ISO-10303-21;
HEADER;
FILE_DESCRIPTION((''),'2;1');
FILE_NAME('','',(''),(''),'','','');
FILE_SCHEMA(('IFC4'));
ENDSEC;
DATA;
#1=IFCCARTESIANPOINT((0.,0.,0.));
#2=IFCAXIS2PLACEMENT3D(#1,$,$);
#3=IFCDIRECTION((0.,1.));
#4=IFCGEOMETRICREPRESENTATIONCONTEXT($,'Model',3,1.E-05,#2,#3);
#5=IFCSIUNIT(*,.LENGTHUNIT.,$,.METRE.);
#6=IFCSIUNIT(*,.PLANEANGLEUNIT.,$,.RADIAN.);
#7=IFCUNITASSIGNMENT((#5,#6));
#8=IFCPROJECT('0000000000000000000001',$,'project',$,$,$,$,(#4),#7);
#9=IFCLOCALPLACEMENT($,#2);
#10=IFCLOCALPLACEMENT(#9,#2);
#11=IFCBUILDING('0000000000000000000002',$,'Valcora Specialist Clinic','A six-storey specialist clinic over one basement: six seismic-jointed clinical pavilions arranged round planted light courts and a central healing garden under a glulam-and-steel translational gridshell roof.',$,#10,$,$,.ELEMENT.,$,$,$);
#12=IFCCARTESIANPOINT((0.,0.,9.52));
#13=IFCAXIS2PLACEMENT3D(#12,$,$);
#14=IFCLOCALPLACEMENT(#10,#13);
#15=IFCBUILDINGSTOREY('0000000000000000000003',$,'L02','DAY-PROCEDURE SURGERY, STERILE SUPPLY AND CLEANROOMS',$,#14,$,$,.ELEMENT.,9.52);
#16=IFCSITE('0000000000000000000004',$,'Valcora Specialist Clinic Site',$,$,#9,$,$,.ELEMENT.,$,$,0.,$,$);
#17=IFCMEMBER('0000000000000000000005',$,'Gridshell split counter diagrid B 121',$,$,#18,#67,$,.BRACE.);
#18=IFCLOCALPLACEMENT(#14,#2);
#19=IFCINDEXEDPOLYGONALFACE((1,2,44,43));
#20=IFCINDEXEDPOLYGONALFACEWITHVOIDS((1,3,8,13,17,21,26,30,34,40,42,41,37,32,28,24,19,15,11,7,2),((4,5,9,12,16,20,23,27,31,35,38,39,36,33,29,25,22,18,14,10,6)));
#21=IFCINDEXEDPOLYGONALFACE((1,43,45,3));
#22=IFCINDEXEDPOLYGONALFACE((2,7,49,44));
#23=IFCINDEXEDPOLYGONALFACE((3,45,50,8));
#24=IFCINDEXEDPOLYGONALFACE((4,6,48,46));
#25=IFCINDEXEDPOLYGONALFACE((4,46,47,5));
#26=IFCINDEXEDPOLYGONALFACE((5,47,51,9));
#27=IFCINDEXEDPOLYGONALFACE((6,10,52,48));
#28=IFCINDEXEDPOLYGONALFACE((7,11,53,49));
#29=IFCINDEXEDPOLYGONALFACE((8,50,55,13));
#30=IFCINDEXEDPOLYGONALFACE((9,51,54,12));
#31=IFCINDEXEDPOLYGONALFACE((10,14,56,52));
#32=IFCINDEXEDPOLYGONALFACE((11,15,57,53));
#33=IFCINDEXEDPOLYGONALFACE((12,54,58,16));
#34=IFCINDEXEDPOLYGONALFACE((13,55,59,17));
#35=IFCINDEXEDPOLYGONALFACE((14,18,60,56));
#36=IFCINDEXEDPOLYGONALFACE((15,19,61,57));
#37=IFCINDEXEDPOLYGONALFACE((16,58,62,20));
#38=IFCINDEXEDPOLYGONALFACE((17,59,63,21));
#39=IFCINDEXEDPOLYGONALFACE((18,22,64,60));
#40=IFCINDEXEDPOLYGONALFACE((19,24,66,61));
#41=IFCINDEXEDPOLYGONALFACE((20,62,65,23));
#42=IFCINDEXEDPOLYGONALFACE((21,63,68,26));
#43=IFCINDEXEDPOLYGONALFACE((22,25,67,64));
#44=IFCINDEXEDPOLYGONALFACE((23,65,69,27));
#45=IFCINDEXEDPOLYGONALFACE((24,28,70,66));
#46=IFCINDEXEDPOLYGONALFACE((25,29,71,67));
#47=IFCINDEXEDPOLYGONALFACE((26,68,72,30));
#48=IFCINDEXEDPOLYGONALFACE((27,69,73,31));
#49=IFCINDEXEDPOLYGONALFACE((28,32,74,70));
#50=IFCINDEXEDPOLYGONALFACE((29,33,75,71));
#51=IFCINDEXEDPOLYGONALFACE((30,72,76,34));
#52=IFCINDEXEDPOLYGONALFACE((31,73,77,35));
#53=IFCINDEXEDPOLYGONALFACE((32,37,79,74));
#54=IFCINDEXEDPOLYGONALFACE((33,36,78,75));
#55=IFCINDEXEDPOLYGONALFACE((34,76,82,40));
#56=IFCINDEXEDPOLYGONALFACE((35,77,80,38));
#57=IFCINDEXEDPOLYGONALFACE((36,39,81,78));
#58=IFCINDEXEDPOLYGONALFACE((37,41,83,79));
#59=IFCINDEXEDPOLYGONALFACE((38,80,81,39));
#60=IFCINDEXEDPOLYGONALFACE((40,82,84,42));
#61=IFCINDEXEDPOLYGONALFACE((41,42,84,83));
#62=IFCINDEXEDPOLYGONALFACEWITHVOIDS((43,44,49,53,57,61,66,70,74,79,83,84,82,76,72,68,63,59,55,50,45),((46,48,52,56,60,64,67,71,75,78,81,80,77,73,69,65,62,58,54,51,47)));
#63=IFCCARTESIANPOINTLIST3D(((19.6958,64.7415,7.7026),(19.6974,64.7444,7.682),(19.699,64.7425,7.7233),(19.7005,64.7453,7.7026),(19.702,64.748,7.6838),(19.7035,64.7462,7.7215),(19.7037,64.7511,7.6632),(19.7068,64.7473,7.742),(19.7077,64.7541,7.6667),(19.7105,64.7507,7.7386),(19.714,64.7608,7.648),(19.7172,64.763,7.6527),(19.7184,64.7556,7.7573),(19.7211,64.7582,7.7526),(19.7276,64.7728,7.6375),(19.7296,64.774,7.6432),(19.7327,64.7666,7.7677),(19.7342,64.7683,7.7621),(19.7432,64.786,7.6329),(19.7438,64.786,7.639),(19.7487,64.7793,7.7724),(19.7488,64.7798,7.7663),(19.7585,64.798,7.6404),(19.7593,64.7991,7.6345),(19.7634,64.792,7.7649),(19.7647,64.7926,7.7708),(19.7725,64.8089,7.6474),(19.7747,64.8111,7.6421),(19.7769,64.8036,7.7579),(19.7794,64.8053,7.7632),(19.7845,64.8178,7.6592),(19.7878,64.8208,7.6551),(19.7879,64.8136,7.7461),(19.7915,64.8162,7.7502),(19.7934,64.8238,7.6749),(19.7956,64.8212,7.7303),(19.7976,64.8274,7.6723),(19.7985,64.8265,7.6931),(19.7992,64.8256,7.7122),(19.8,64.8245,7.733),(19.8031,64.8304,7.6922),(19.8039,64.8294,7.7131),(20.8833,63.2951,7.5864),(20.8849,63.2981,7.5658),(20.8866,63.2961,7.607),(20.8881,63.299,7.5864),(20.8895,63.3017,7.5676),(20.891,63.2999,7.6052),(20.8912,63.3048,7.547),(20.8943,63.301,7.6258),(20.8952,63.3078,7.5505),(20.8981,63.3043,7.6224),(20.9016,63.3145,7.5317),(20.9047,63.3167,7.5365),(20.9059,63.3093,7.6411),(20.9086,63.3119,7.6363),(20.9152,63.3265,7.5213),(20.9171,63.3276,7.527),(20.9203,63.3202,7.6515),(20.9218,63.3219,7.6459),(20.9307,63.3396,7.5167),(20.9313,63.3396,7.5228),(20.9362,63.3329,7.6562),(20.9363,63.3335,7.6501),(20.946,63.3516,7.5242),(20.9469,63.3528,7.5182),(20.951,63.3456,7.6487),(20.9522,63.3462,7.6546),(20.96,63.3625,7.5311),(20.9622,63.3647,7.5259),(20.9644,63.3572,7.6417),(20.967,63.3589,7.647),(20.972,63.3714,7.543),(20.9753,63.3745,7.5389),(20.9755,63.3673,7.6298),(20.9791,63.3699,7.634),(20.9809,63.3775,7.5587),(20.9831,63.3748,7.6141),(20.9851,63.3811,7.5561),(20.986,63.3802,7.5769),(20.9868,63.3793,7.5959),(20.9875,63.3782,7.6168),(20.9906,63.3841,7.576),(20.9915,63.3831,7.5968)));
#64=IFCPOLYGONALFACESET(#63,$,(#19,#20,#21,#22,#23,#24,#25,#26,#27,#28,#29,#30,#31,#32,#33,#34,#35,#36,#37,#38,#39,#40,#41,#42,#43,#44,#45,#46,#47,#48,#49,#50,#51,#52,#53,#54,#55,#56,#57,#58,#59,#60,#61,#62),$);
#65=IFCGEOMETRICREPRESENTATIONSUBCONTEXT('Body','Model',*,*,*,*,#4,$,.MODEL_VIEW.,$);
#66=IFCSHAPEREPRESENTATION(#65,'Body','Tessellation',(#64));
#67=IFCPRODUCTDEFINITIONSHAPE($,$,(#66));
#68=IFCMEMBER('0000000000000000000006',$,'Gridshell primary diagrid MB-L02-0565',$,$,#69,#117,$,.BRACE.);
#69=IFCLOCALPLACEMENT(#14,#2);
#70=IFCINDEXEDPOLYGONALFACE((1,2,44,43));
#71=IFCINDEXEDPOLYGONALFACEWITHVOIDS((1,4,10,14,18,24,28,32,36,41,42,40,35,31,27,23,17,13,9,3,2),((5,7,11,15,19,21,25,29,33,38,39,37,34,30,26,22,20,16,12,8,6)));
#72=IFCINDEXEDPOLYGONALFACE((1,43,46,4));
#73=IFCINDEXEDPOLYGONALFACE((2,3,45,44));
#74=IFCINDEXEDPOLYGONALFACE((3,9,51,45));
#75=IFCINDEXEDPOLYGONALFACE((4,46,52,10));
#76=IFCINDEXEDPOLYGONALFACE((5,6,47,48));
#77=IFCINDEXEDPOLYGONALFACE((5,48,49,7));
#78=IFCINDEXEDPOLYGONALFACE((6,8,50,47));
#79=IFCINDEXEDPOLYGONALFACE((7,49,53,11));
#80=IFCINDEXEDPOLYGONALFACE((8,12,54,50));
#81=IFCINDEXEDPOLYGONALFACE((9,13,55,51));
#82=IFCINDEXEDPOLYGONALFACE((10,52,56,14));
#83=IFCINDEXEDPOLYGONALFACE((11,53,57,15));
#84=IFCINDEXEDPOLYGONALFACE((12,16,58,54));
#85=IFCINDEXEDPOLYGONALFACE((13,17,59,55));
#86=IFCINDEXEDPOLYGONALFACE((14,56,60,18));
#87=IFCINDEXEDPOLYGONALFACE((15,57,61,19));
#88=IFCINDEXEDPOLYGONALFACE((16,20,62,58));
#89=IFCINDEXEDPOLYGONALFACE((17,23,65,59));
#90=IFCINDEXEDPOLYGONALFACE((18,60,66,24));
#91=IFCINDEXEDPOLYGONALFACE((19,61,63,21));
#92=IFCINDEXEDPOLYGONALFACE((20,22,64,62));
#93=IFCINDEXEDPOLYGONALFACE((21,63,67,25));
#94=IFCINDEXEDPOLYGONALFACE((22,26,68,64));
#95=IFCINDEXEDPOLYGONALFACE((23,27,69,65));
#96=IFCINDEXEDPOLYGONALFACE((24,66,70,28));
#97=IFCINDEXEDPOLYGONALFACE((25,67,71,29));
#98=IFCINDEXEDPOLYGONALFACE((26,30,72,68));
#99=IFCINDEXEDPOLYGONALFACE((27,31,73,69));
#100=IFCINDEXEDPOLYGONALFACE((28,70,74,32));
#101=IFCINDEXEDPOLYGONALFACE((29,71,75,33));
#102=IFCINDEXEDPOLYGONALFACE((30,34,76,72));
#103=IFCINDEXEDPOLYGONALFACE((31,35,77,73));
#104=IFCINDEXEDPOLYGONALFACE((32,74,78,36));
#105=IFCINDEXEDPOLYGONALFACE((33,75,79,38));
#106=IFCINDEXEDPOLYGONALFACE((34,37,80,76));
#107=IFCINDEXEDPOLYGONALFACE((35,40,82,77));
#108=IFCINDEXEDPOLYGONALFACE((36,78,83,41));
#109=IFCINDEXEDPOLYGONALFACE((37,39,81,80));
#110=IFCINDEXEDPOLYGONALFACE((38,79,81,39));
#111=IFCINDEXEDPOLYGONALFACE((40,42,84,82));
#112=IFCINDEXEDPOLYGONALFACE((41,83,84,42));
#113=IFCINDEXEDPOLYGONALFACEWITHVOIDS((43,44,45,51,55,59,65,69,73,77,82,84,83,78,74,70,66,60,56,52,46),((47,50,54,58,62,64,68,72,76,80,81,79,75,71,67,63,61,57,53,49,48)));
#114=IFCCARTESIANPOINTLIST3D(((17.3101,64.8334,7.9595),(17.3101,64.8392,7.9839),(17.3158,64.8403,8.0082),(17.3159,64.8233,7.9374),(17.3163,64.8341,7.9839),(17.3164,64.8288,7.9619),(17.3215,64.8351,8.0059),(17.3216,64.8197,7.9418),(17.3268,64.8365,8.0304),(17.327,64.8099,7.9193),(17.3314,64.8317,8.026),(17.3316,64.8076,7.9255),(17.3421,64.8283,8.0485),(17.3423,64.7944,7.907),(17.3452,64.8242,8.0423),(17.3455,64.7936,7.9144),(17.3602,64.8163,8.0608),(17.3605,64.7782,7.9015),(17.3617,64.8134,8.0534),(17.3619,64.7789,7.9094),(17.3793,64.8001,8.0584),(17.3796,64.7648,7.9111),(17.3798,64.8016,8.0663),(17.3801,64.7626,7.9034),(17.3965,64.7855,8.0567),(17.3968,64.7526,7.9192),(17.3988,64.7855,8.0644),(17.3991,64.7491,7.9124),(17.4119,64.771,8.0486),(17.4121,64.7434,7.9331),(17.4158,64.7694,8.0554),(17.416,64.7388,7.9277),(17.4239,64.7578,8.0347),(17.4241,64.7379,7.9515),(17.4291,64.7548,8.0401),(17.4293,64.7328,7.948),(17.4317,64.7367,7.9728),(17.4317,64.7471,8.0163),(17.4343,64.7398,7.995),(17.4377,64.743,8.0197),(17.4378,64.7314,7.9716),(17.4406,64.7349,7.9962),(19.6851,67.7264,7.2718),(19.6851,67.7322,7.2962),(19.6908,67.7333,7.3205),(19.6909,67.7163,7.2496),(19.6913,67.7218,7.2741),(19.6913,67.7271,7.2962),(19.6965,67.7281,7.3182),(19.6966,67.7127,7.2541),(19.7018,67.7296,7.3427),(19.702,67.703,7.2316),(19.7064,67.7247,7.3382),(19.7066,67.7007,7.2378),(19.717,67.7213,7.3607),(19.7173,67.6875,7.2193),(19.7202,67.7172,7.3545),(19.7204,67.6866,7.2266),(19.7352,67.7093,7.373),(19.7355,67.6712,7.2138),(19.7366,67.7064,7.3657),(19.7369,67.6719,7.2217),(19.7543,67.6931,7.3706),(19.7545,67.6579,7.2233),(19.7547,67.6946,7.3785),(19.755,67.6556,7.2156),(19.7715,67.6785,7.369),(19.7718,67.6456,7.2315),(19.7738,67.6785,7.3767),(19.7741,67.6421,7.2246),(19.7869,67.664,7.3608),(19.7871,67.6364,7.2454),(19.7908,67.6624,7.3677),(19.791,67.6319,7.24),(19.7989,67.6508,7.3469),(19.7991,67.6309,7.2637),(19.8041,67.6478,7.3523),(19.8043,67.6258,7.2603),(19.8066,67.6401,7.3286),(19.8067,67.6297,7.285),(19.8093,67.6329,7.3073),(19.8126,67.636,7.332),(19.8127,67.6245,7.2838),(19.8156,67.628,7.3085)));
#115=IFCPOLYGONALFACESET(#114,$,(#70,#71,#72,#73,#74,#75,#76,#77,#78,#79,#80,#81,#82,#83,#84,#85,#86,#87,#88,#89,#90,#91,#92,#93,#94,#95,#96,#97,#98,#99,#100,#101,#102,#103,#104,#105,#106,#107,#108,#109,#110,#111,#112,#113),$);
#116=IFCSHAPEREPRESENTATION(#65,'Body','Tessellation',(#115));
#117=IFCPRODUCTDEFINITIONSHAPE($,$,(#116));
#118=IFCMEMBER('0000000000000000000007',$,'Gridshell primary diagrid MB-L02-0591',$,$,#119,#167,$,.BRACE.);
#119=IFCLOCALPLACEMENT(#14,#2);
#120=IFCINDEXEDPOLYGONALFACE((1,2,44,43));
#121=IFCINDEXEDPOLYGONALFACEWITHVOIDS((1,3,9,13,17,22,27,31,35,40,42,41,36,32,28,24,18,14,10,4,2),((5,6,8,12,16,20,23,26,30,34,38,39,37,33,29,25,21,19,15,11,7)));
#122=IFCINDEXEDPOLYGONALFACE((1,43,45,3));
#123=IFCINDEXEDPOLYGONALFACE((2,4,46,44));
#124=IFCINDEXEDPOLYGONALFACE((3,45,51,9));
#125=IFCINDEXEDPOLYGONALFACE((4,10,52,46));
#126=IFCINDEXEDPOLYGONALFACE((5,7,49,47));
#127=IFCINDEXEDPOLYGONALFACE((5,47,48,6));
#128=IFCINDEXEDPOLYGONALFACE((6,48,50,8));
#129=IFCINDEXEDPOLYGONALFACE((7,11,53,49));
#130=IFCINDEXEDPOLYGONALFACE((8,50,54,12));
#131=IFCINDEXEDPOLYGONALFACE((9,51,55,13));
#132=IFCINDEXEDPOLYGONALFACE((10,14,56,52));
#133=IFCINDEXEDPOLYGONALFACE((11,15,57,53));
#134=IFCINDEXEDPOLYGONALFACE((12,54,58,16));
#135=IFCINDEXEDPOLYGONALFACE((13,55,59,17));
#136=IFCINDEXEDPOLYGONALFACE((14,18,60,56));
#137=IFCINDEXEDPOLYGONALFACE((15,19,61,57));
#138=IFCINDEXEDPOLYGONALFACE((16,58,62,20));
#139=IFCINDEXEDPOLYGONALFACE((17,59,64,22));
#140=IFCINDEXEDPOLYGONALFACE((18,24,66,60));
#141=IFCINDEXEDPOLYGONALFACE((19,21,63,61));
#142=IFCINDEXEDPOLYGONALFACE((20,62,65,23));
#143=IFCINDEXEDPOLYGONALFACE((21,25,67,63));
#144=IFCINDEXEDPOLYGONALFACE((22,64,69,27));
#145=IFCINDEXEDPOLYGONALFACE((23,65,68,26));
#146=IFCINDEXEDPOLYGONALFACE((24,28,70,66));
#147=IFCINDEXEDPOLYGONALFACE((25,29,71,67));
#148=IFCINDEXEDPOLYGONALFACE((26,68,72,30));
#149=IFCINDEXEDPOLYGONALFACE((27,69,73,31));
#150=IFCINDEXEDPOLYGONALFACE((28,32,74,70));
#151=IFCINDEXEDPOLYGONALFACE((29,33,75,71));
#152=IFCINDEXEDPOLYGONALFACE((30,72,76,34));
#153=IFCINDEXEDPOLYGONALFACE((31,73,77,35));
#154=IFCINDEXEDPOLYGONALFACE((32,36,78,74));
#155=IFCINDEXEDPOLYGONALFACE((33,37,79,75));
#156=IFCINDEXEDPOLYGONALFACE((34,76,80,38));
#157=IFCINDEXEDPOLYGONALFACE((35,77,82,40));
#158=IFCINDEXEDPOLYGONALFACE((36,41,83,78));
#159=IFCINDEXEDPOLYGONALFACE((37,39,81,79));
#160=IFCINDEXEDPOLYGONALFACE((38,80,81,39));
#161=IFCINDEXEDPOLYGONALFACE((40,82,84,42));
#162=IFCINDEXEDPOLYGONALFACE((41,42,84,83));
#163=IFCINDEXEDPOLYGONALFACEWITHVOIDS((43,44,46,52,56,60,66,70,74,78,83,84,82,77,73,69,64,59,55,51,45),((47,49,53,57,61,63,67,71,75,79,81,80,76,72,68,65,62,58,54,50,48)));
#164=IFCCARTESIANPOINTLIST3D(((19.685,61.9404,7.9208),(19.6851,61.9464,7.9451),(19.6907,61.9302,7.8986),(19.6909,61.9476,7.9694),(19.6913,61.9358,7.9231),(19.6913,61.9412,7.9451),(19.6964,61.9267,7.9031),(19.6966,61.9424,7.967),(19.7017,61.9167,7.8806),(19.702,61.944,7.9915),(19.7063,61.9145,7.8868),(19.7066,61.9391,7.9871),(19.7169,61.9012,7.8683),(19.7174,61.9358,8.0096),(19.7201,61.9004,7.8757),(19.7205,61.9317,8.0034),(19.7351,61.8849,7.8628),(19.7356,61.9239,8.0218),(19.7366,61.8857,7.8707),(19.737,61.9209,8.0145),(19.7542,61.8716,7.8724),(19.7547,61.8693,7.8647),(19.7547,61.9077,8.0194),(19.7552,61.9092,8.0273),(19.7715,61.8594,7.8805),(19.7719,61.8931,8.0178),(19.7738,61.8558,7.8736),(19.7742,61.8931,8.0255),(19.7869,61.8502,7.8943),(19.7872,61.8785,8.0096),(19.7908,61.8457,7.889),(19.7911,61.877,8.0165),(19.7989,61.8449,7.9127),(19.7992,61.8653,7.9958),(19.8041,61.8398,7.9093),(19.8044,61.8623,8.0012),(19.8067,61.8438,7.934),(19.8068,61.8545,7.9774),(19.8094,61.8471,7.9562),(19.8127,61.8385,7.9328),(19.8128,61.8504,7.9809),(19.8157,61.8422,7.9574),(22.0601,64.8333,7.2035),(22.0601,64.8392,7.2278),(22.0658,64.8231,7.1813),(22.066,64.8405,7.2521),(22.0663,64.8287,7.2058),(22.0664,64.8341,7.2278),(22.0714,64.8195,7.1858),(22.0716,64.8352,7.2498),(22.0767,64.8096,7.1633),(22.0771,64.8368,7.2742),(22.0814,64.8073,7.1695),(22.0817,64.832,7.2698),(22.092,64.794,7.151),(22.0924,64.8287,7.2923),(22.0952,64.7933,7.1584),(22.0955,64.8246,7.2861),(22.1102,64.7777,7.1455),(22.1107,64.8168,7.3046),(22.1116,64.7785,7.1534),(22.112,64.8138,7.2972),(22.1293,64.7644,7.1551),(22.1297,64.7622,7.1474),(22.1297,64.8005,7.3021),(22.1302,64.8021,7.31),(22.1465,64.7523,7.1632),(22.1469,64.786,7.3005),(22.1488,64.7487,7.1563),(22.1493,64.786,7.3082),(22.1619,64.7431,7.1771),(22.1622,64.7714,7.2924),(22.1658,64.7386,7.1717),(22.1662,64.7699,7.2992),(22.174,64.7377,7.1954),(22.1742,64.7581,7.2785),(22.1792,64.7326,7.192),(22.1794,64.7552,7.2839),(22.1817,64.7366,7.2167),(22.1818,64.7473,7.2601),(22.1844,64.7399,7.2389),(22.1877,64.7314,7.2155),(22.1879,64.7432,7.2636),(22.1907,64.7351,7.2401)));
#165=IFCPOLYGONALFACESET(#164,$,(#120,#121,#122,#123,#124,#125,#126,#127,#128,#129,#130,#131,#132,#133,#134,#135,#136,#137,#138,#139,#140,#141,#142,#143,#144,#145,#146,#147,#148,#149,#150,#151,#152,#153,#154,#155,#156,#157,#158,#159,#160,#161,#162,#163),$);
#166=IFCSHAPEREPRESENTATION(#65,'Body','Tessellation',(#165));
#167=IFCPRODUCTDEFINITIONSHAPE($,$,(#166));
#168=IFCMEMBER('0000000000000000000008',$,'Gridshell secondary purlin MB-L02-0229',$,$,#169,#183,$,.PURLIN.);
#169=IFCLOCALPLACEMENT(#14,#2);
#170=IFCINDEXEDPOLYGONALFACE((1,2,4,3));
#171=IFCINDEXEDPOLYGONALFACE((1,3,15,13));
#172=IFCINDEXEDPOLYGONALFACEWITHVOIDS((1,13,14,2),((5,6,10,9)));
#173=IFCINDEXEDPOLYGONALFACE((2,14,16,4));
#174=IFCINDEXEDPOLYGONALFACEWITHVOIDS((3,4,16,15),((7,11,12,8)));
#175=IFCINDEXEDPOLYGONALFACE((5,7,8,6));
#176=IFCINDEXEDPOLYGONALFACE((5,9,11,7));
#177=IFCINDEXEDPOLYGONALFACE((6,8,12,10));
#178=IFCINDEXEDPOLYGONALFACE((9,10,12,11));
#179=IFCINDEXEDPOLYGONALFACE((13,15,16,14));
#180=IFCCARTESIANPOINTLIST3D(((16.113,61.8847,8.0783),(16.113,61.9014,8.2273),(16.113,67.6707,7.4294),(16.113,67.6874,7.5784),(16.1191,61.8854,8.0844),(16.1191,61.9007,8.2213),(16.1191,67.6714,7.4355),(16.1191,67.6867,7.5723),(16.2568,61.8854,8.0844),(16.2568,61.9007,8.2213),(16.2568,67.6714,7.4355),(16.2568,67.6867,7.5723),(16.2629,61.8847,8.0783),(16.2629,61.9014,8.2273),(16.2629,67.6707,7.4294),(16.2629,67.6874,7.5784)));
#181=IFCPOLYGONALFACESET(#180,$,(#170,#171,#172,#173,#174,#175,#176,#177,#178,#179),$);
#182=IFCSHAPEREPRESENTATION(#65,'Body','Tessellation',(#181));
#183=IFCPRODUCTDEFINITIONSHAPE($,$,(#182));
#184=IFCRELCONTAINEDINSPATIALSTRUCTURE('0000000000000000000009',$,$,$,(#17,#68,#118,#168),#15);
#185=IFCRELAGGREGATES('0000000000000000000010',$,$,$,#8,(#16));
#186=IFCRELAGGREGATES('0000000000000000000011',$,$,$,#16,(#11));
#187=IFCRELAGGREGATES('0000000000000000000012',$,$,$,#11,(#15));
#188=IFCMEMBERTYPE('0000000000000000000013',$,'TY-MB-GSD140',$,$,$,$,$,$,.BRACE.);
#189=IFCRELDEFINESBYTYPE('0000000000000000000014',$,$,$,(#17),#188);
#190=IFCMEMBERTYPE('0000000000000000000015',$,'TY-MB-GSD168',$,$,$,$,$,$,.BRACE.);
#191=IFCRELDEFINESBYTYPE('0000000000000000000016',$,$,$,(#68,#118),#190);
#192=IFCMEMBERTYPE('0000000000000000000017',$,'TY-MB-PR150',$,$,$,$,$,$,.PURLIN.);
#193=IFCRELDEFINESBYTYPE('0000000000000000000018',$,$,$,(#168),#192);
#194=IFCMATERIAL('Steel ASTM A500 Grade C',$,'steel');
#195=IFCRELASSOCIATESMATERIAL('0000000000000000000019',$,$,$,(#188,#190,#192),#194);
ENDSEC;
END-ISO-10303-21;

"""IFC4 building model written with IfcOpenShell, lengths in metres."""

from ifc_helpers import new_model, si_unit, direction, frame, origin, origin_2d, place, context, subcontext, project, spatial, hollow_rectangle, hollow_circle, extrude, material, material_profile, profile_set, type_object, element, save


model = new_model("IFC4")

# Units and contexts
model_context = context("Model", 3, precision=1e-05, world=origin(), true_north=direction((0.0, 1.0)))
body_context = subcontext(model_context, "Body", "Model", "MODEL_VIEW")
ifc_project = project(units=[si_unit("LENGTHUNIT", "METRE"), si_unit("PLANEANGLEUNIT", "RADIAN")], contexts=[model_context])

# Site, building, storey
site_placement = place(None, origin())
site = spatial("IfcSite", under=ifc_project, at=site_placement, Name="Valcora Specialist Clinic Site", CompositionType="ELEMENT", RefElevation=0.0)
building_placement = place(site_placement, origin())
building = spatial("IfcBuilding", under=site, at=building_placement, Name="Valcora Specialist Clinic", Description="A six-storey specialist clinic over one basement: six seismic-jointed clinical pavilions arranged round planted light courts and a central healing garden under a glulam-and-steel translational gridshell roof.", CompositionType="ELEMENT")
storey_placement = place(building_placement, frame((0.0, 0.0, 9.52)))
storey = spatial("IfcBuildingStorey", under=building, at=storey_placement, Name="L02", Description="DAY-PROCEDURE SURGERY, STERILE SUPPLY AND CLEANROOMS", CompositionType="ELEMENT", Elevation=9.52)

# Members
ifc_material_1 = material(Name="Steel ASTM A500 Grade C", Category="steel")
ifc_material_profile_1 = material_profile(ifc_material_1, hollow_circle(Radius=0.0701, WallThickness=0.0061, at=origin_2d()), Name="ST-CHS-140X6")
ifc_profile_set_1 = profile_set([ifc_material_profile_1], Name="Steel ASTM A500 Grade C")
member_type_1 = type_object("IfcMemberType", Name="TY-MB-GSD140", PredefinedType="BRACE", material=ifc_profile_set_1)
member_1_placement = place(storey_placement, frame((20.9375, 63.3396, 7.5864), z_axis=(-0.633352, 0.771377, 0.061981), x_axis=(-0.772863, -0.634572, 0.0)))
element("IfcMember", 1, at=member_1_placement, inside=storey, type_object=member_type_1, Name="Gridshell split counter diagrid B 121", PredefinedType="BRACE", context=body_context, shape_type="SweptSolid", body=[
    extrude(hollow_circle(Radius=0.0701, WallThickness=0.0061, at=origin_2d()), origin(), (0.0, 0.0, 1.0), 1.875),
])
ifc_material_profile_2 = material_profile(ifc_material_1, hollow_circle(Radius=0.084, WallThickness=0.0081, at=origin_2d()), Name="ST-CHS-168X8")
ifc_profile_set_2 = profile_set([ifc_material_profile_2], Name="Steel ASTM A500 Grade C")
member_type_2 = type_object("IfcMemberType", Name="TY-MB-GSD168", PredefinedType="BRACE", material=ifc_profile_set_2)
member_2_placement = place(storey_placement, frame((17.375, 64.7859, 7.9839), z_axis=(0.624062, 0.76019, -0.180714), x_axis=(-0.772916, 0.634508, 0.0)))
element("IfcMember", 2, at=member_2_placement, inside=storey, type_object=member_type_2, Name="Gridshell primary diagrid MB-L02-0565", PredefinedType="BRACE", context=body_context, shape_type="SweptSolid", body=[
    extrude(hollow_circle(Radius=0.084, WallThickness=0.0081, at=origin_2d()), origin(), (0.0, 0.0, 1.0), 3.8057),
])
member_3_placement = place(storey_placement, frame((19.75, 61.8931, 7.9451), z_axis=(0.6232, 0.759076, -0.188216), x_axis=(-0.77289, 0.63454, 0.0)))
element("IfcMember", 3, at=member_3_placement, inside=storey, type_object=member_type_2, Name="Gridshell primary diagrid MB-L02-0591", PredefinedType="BRACE", context=body_context, shape_type="SweptSolid", body=[
    extrude(hollow_circle(Radius=0.084, WallThickness=0.0081, at=origin_2d()), origin(), (0.0, 0.0, 1.0), 3.811),
])
ifc_material_profile_3 = material_profile(ifc_material_1, hollow_rectangle(XDim=0.1499, YDim=0.1499, WallThickness=0.0061, at=origin_2d()), Name="ST-RHS-150X150X6")
ifc_profile_set_3 = profile_set([ifc_material_profile_3], Name="Steel ASTM A500 Grade C")
member_type_3 = type_object("IfcMemberType", Name="TY-MB-PR150", PredefinedType="PURLIN", material=ifc_profile_set_3)
member_4_placement = place(storey_placement, frame((16.188, 61.8931, 8.1528), z_axis=(0.0, 0.993769, -0.111458), x_axis=(-1.0, 0.0, 0.0)))
element("IfcMember", 4, at=member_4_placement, inside=storey, type_object=member_type_3, Name="Gridshell secondary purlin MB-L02-0229", PredefinedType="PURLIN", context=body_context, shape_type="SweptSolid", body=[
    extrude(hollow_rectangle(XDim=0.1499, YDim=0.1499, WallThickness=0.0061, at=origin_2d()), origin(), (0.0, 0.0, 1.0), 5.8223),
])

save(model, "model.ifc")
